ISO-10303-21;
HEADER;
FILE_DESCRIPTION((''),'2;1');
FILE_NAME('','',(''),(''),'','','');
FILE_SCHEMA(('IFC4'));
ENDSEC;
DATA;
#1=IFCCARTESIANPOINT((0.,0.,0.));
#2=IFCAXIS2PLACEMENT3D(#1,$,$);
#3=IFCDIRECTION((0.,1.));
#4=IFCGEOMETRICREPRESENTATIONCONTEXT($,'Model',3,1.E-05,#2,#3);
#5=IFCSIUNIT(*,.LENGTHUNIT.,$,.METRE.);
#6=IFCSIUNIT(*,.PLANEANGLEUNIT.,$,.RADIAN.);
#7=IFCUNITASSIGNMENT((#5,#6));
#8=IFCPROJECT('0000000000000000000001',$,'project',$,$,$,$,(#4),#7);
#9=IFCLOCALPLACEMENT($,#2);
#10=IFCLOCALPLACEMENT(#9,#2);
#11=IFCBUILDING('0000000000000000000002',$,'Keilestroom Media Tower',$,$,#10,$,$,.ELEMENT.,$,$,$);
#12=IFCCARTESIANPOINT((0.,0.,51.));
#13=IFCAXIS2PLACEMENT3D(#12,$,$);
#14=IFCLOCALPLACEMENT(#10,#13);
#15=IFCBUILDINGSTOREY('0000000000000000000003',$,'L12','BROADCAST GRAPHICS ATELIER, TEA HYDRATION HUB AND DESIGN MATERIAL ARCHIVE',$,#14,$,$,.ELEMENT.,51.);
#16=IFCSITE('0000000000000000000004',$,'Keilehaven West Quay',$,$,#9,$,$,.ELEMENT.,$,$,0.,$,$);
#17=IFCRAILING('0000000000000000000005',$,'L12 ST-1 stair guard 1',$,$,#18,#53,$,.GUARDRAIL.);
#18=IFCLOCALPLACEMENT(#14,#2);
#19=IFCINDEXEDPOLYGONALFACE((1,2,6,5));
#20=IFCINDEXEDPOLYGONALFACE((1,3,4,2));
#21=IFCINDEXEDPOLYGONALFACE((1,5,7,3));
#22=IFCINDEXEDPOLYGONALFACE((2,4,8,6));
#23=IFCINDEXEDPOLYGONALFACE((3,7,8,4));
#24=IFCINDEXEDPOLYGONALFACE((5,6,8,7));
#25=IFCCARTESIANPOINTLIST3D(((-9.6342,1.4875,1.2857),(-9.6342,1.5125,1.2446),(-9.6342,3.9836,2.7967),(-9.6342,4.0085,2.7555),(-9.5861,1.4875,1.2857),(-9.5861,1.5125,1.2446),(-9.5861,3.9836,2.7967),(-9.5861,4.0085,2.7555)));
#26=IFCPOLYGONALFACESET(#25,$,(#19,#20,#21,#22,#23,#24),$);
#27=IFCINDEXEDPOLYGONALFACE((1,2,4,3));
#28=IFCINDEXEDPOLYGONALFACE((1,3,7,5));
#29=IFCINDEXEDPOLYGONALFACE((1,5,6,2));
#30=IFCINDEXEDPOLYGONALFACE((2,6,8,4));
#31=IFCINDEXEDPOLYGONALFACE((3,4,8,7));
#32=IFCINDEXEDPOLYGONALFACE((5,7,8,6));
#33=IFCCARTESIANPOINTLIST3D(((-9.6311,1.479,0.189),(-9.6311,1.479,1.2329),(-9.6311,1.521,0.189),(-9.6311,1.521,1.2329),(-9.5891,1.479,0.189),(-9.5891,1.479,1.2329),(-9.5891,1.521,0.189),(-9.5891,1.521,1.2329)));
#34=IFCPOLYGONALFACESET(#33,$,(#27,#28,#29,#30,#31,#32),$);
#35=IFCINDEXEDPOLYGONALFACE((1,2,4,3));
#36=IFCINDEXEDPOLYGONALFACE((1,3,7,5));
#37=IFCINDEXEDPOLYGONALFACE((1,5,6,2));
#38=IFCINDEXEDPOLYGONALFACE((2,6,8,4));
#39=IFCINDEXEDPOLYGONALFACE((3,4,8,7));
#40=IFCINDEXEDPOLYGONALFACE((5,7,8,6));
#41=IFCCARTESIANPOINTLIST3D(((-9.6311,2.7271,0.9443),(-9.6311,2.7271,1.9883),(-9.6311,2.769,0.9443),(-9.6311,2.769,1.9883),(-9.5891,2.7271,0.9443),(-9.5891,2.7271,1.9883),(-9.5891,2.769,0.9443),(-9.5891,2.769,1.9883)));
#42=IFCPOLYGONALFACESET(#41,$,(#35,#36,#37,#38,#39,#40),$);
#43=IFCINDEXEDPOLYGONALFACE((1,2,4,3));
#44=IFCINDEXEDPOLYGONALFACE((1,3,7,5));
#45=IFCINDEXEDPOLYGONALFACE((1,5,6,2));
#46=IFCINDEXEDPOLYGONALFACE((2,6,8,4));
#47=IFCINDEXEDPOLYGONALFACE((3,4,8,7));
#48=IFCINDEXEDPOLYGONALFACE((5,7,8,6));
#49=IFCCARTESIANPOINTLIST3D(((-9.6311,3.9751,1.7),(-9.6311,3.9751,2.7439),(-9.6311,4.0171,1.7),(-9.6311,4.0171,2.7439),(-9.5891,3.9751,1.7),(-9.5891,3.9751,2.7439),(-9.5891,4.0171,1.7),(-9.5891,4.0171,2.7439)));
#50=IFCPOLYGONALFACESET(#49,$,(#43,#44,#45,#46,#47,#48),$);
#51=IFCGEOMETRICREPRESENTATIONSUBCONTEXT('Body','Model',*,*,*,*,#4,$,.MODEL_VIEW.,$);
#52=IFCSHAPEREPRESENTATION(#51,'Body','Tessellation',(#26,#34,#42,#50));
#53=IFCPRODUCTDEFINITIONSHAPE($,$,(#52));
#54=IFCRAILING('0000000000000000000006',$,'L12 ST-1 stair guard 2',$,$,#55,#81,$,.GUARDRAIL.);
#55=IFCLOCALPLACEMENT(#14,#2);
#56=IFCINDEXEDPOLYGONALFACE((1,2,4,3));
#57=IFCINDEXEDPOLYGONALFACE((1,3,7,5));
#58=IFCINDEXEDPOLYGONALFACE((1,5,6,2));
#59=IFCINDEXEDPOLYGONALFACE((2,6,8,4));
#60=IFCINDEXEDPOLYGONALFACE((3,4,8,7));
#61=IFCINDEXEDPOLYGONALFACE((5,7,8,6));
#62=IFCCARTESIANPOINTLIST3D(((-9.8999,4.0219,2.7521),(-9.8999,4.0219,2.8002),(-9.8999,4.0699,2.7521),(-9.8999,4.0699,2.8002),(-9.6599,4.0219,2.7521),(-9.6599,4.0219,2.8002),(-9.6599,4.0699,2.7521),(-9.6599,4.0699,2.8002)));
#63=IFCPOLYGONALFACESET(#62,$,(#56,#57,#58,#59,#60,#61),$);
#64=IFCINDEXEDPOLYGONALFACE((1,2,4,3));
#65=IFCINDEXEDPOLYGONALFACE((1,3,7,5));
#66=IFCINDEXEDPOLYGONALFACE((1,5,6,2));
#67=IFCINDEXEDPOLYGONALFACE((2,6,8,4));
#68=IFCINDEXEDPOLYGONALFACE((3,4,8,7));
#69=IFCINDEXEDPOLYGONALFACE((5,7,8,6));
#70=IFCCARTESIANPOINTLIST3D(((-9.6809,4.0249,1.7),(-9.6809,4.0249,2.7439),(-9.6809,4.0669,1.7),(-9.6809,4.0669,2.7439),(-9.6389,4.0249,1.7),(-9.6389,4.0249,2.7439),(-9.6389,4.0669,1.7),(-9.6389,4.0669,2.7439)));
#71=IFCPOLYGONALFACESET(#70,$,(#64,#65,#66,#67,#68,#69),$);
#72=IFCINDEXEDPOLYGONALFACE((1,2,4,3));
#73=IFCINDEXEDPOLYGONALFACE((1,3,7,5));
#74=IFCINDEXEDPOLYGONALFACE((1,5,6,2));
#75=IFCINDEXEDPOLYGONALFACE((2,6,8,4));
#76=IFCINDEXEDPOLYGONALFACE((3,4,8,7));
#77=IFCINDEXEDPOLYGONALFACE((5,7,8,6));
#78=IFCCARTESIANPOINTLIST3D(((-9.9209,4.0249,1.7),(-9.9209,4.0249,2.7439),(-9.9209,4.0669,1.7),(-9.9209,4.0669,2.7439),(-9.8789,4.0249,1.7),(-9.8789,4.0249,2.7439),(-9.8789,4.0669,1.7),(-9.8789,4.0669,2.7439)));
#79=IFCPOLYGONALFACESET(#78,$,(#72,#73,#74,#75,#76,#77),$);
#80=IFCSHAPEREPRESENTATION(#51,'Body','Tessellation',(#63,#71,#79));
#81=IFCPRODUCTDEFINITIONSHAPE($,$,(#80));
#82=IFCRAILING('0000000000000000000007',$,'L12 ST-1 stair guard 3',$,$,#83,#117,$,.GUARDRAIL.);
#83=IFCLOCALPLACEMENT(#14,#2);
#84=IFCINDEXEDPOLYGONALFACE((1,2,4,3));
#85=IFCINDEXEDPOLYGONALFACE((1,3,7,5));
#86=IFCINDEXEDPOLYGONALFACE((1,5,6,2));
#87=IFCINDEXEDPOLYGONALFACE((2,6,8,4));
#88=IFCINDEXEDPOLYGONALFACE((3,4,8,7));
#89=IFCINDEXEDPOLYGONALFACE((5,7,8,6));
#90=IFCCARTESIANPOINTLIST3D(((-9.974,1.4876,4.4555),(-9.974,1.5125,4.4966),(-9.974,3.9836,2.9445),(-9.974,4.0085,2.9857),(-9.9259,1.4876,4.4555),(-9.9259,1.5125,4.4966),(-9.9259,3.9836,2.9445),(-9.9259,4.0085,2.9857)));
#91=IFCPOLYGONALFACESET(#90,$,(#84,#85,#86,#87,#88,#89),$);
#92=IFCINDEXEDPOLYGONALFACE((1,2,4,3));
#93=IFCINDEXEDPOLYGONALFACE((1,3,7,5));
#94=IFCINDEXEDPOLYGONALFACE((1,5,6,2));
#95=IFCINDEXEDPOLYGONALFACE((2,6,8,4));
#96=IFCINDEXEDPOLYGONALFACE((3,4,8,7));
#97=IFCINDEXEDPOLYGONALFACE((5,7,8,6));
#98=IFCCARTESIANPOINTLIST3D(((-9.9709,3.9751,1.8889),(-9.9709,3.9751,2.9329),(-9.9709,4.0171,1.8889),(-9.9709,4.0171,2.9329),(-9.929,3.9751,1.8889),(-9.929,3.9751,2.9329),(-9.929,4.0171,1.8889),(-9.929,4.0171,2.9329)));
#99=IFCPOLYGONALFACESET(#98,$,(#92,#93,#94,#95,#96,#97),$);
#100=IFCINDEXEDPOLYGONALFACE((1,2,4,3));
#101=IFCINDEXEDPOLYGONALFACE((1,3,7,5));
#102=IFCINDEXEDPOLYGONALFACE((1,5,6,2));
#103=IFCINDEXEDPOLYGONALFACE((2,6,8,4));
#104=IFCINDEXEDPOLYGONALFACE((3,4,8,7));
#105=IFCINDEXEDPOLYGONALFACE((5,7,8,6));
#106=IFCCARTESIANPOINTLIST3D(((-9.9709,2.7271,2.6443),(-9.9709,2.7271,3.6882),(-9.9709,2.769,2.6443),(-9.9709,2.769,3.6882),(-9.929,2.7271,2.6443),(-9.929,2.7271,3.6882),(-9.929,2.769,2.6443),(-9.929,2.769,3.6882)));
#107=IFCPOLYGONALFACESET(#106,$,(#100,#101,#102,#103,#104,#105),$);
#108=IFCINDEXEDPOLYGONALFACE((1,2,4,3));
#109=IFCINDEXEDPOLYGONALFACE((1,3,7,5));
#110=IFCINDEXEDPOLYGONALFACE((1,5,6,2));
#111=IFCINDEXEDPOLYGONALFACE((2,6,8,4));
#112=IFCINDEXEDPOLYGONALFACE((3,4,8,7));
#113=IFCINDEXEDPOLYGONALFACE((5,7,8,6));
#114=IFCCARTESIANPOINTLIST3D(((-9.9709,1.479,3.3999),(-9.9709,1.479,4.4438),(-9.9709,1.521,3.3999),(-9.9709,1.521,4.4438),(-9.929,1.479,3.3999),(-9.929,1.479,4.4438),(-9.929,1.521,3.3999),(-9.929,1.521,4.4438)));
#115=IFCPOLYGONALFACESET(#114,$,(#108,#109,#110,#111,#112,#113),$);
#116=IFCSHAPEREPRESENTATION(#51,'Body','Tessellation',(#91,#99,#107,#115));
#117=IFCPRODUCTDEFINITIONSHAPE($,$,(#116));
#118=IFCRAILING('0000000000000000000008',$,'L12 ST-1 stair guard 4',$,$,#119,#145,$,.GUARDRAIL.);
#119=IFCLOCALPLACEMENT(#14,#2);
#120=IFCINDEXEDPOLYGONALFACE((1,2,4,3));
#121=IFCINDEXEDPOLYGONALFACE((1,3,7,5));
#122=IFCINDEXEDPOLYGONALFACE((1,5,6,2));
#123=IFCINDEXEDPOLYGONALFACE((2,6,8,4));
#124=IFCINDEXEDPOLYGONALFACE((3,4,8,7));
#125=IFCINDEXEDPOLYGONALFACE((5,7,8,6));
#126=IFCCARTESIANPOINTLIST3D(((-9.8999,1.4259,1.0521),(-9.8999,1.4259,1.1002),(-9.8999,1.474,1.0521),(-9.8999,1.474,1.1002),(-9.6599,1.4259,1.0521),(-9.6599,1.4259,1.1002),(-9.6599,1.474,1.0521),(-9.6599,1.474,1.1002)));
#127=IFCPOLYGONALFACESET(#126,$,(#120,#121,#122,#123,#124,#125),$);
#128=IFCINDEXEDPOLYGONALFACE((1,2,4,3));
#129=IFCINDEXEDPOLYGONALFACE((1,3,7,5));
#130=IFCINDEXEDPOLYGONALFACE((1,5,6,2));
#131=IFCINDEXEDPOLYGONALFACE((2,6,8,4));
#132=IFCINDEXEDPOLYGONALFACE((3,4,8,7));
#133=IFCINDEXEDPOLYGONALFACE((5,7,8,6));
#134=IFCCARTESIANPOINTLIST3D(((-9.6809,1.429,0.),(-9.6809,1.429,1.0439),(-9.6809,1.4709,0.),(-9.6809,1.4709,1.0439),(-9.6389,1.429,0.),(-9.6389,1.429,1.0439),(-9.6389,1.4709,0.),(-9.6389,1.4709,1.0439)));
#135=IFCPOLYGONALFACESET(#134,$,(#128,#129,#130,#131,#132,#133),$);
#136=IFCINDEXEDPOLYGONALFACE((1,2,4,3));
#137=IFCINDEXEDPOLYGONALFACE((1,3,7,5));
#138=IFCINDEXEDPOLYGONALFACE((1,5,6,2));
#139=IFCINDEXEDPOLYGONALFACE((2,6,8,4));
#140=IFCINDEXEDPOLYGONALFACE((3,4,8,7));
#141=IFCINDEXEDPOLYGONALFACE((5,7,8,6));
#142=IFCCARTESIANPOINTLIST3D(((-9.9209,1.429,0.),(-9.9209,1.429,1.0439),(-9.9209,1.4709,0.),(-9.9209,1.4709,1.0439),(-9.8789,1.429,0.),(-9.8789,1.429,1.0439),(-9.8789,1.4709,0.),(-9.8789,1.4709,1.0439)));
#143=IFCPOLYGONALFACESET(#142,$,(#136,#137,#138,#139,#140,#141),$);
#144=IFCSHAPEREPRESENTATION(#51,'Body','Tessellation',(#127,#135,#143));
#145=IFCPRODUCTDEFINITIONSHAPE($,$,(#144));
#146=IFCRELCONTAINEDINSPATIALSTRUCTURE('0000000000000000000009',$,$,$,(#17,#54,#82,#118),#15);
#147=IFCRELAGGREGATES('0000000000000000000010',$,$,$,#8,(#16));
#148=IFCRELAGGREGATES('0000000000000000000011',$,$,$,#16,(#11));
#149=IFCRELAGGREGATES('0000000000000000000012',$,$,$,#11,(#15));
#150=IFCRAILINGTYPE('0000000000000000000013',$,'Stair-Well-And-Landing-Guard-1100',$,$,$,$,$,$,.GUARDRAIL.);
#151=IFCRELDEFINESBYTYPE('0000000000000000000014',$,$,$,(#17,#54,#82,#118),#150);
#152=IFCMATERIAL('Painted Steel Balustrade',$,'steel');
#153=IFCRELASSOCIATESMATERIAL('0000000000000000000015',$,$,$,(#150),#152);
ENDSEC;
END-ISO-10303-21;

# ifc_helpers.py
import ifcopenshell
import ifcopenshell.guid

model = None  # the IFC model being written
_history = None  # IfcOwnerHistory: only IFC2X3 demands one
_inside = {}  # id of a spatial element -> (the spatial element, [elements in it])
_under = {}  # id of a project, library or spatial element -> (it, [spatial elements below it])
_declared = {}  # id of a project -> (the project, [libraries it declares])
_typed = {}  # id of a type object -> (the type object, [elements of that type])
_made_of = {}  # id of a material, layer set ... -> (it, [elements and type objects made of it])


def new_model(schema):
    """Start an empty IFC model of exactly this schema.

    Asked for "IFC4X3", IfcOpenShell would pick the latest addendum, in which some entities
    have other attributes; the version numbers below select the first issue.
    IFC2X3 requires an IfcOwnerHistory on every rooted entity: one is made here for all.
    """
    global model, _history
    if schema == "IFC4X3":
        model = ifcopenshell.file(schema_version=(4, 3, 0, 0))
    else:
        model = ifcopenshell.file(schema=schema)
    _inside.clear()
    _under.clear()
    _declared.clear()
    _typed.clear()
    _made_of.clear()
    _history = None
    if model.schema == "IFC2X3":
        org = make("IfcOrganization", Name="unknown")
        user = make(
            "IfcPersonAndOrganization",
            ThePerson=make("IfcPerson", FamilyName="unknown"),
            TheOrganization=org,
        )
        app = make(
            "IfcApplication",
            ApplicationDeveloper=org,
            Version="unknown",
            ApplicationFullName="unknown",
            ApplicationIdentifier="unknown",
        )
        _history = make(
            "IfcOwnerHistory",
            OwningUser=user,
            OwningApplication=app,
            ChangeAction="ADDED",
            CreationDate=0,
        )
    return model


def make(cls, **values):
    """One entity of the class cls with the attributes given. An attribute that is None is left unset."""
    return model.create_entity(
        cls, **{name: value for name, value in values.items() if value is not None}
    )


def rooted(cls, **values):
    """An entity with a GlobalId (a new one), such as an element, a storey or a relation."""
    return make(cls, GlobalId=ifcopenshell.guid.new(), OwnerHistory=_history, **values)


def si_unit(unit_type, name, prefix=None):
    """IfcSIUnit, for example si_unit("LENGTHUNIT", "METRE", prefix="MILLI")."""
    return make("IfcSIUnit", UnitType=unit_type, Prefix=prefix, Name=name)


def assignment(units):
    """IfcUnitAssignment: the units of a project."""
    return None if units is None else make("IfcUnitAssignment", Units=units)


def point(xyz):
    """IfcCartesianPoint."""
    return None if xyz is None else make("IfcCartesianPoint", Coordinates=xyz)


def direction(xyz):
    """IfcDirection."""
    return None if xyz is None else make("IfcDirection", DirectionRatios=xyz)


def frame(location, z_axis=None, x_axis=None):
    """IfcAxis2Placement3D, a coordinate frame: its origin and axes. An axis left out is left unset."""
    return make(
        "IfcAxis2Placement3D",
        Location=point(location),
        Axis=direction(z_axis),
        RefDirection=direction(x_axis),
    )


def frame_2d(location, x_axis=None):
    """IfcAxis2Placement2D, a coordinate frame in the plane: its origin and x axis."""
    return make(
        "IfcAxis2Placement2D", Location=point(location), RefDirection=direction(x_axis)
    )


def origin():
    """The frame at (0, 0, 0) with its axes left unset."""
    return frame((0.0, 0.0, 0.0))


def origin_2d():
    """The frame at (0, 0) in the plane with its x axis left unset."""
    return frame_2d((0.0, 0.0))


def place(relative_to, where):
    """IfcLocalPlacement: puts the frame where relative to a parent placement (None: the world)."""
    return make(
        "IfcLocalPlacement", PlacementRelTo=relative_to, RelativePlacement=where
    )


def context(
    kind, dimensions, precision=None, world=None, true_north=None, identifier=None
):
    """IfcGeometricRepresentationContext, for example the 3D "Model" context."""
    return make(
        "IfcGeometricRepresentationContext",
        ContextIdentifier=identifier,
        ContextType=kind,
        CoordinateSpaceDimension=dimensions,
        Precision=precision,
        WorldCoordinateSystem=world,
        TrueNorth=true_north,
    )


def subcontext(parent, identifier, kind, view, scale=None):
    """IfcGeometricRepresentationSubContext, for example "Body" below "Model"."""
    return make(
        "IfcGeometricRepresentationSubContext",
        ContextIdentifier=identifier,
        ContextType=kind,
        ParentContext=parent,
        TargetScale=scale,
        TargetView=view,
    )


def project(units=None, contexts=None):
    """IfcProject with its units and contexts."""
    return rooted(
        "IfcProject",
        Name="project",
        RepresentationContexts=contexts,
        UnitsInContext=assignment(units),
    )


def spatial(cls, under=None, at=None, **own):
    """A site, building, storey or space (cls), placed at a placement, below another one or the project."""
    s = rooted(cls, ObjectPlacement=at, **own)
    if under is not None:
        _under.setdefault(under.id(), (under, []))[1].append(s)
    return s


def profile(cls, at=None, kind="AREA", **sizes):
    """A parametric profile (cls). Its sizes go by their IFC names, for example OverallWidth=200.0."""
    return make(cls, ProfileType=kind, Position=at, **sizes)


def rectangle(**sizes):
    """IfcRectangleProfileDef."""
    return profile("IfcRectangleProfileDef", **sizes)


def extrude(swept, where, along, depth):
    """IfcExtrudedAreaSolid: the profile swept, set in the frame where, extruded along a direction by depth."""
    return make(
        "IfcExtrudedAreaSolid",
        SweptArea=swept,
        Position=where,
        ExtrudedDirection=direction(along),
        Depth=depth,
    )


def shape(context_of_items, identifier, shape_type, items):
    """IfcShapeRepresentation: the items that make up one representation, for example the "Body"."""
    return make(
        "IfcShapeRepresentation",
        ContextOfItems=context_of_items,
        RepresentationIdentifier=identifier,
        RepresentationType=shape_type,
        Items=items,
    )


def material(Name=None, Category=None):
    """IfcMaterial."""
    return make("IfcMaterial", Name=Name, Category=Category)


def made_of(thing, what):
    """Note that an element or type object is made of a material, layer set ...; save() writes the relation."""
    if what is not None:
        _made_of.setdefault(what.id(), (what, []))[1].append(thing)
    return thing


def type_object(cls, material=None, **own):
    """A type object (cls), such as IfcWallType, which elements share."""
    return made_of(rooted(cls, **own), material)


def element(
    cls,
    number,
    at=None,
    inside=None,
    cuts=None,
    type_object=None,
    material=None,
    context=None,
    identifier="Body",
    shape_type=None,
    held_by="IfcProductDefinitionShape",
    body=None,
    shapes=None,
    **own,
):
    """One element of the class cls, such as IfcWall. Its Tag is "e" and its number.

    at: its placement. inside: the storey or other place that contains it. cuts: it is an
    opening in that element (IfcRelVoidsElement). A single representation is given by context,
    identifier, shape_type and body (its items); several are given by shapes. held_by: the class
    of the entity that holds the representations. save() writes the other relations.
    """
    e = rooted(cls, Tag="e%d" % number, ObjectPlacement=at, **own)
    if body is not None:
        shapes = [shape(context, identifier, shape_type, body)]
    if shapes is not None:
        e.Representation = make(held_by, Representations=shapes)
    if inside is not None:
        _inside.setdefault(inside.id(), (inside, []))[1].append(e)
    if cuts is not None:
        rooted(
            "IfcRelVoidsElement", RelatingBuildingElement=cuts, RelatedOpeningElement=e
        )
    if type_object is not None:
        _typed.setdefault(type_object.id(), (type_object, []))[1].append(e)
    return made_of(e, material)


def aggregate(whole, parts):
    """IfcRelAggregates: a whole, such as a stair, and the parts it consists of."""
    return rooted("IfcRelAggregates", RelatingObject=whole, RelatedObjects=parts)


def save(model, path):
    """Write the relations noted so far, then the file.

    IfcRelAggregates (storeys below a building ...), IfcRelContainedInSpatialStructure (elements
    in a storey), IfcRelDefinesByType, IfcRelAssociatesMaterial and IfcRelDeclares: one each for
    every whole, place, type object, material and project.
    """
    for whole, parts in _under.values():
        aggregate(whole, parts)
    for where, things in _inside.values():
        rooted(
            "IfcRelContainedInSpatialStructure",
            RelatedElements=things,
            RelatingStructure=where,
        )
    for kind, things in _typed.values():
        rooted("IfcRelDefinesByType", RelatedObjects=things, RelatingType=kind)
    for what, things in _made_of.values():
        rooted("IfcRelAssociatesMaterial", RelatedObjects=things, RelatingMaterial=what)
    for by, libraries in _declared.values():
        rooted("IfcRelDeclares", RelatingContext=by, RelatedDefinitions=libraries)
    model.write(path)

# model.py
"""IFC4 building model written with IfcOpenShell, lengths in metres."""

from ifc_helpers import new_model, si_unit, direction, frame, origin, origin_2d, place, context, subcontext, project, spatial, rectangle, extrude, material, type_object, element, save


model = new_model("IFC4")

# Units and contexts
model_context = context("Model", 3, precision=1e-05, world=origin(), true_north=direction((0.0, 1.0)))
body_context = subcontext(model_context, "Body", "Model", "MODEL_VIEW")
ifc_project = project(units=[si_unit("LENGTHUNIT", "METRE"), si_unit("PLANEANGLEUNIT", "RADIAN")], contexts=[model_context])

# Site, building, storey
site_placement = place(None, origin())
site = spatial("IfcSite", under=ifc_project, at=site_placement, Name="Keilehaven West Quay", CompositionType="ELEMENT", RefElevation=0.0)
building_placement = place(site_placement, origin())
building = spatial("IfcBuilding", under=site, at=building_placement, Name="Keilestroom Media Tower", CompositionType="ELEMENT")
storey_placement = place(building_placement, frame((0.0, 0.0, 51.0)))
storey = spatial("IfcBuildingStorey", under=building, at=storey_placement, Name="L12", Description="BROADCAST GRAPHICS ATELIER, TEA HYDRATION HUB AND DESIGN MATERIAL ARCHIVE", CompositionType="ELEMENT", Elevation=51.0)

# Railings
ifc_material_1 = material(Name="Painted Steel Balustrade", Category="steel")
railing_type_1 = type_object("IfcRailingType", Name="Stair-Well-And-Landing-Guard-1100", PredefinedType="GUARDRAIL", material=ifc_material_1)
railing_1_placement = place(storey_placement, frame((-9.6101, 1.5, 0.189)))
element("IfcRailing", 1, at=railing_1_placement, inside=storey, type_object=railing_type_1, Name="L12 ST-1 stair guard 1", PredefinedType="GUARDRAIL", context=body_context, shape_type="SweptSolid", body=[
    extrude(rectangle(XDim=0.0481, YDim=0.0481, at=origin_2d()), frame((0.0, 0.0, 1.0762), z_axis=(0.0, 0.855471, 0.517851), x_axis=(-1.0, 0.0, 0.0)), (0.0, 0.0, 1.0), 2.9177),
    extrude(rectangle(XDim=0.042, YDim=0.042, at=origin_2d()), origin(), (0.0, 0.0, 1.0), 1.0439),
    extrude(rectangle(XDim=0.042, YDim=0.042, at=origin_2d()), frame((0.0, 1.248, 0.7554)), (0.0, 0.0, 1.0), 1.0439),
    extrude(rectangle(XDim=0.042, YDim=0.042, at=origin_2d()), frame((0.0, 2.4961, 1.511)), (0.0, 0.0, 1.0), 1.0439),
])
railing_2_placement = place(storey_placement, frame((-9.6599, 4.0459, 1.7)))
element("IfcRailing", 2, at=railing_2_placement, inside=storey, type_object=railing_type_1, Name="L12 ST-1 stair guard 2", PredefinedType="GUARDRAIL", context=body_context, shape_type="SweptSolid", body=[
    extrude(rectangle(XDim=0.0481, YDim=0.0481, at=origin_2d()), frame((0.0, 0.0, 1.0762), z_axis=(-1.0, 0.0, 0.0), x_axis=(0.0, -1.0, 0.0)), (0.0, 0.0, 1.0), 0.24),
    extrude(rectangle(XDim=0.042, YDim=0.042, at=origin_2d()), origin(), (0.0, 0.0, 1.0), 1.0439),
    extrude(rectangle(XDim=0.042, YDim=0.042, at=origin_2d()), frame((-0.24, 0.0, 0.0)), (0.0, 0.0, 1.0), 1.0439),
])
railing_3_placement = place(storey_placement, frame((-9.95, 3.9961, 1.8889)))
element("IfcRailing", 3, at=railing_3_placement, inside=storey, type_object=railing_type_1, Name="L12 ST-1 stair guard 3", PredefinedType="GUARDRAIL", context=body_context, shape_type="SweptSolid", body=[
    extrude(rectangle(XDim=0.0481, YDim=0.0481, at=origin_2d()), frame((0.0, 0.0, 1.0762), z_axis=(0.0, -0.855471, 0.517851), x_axis=(1.0, 0.0, 0.0)), (0.0, 0.0, 1.0), 2.9177),
    extrude(rectangle(XDim=0.042, YDim=0.042, at=origin_2d()), origin(), (0.0, 0.0, 1.0), 1.0439),
    extrude(rectangle(XDim=0.042, YDim=0.042, at=origin_2d()), frame((0.0, -1.248, 0.7554)), (0.0, 0.0, 1.0), 1.0439),
    extrude(rectangle(XDim=0.042, YDim=0.042, at=origin_2d()), frame((0.0, -2.4961, 1.511)), (0.0, 0.0, 1.0), 1.0439),
])
railing_4_placement = place(storey_placement, frame((-9.6599, 1.45, 0.0)))
element("IfcRailing", 4, at=railing_4_placement, inside=storey, type_object=railing_type_1, Name="L12 ST-1 stair guard 4", PredefinedType="GUARDRAIL", context=body_context, shape_type="SweptSolid", body=[
    extrude(rectangle(XDim=0.0481, YDim=0.0481, at=origin_2d()), frame((0.0, 0.0, 1.0762), z_axis=(-1.0, 0.0, 0.0), x_axis=(0.0, -1.0, 0.0)), (0.0, 0.0, 1.0), 0.24),
    extrude(rectangle(XDim=0.042, YDim=0.042, at=origin_2d()), origin(), (0.0, 0.0, 1.0), 1.0439),
    extrude(rectangle(XDim=0.042, YDim=0.042, at=origin_2d()), frame((-0.24, 0.0, 0.0)), (0.0, 0.0, 1.0), 1.0439),
])

save(model, "model.ifc")
